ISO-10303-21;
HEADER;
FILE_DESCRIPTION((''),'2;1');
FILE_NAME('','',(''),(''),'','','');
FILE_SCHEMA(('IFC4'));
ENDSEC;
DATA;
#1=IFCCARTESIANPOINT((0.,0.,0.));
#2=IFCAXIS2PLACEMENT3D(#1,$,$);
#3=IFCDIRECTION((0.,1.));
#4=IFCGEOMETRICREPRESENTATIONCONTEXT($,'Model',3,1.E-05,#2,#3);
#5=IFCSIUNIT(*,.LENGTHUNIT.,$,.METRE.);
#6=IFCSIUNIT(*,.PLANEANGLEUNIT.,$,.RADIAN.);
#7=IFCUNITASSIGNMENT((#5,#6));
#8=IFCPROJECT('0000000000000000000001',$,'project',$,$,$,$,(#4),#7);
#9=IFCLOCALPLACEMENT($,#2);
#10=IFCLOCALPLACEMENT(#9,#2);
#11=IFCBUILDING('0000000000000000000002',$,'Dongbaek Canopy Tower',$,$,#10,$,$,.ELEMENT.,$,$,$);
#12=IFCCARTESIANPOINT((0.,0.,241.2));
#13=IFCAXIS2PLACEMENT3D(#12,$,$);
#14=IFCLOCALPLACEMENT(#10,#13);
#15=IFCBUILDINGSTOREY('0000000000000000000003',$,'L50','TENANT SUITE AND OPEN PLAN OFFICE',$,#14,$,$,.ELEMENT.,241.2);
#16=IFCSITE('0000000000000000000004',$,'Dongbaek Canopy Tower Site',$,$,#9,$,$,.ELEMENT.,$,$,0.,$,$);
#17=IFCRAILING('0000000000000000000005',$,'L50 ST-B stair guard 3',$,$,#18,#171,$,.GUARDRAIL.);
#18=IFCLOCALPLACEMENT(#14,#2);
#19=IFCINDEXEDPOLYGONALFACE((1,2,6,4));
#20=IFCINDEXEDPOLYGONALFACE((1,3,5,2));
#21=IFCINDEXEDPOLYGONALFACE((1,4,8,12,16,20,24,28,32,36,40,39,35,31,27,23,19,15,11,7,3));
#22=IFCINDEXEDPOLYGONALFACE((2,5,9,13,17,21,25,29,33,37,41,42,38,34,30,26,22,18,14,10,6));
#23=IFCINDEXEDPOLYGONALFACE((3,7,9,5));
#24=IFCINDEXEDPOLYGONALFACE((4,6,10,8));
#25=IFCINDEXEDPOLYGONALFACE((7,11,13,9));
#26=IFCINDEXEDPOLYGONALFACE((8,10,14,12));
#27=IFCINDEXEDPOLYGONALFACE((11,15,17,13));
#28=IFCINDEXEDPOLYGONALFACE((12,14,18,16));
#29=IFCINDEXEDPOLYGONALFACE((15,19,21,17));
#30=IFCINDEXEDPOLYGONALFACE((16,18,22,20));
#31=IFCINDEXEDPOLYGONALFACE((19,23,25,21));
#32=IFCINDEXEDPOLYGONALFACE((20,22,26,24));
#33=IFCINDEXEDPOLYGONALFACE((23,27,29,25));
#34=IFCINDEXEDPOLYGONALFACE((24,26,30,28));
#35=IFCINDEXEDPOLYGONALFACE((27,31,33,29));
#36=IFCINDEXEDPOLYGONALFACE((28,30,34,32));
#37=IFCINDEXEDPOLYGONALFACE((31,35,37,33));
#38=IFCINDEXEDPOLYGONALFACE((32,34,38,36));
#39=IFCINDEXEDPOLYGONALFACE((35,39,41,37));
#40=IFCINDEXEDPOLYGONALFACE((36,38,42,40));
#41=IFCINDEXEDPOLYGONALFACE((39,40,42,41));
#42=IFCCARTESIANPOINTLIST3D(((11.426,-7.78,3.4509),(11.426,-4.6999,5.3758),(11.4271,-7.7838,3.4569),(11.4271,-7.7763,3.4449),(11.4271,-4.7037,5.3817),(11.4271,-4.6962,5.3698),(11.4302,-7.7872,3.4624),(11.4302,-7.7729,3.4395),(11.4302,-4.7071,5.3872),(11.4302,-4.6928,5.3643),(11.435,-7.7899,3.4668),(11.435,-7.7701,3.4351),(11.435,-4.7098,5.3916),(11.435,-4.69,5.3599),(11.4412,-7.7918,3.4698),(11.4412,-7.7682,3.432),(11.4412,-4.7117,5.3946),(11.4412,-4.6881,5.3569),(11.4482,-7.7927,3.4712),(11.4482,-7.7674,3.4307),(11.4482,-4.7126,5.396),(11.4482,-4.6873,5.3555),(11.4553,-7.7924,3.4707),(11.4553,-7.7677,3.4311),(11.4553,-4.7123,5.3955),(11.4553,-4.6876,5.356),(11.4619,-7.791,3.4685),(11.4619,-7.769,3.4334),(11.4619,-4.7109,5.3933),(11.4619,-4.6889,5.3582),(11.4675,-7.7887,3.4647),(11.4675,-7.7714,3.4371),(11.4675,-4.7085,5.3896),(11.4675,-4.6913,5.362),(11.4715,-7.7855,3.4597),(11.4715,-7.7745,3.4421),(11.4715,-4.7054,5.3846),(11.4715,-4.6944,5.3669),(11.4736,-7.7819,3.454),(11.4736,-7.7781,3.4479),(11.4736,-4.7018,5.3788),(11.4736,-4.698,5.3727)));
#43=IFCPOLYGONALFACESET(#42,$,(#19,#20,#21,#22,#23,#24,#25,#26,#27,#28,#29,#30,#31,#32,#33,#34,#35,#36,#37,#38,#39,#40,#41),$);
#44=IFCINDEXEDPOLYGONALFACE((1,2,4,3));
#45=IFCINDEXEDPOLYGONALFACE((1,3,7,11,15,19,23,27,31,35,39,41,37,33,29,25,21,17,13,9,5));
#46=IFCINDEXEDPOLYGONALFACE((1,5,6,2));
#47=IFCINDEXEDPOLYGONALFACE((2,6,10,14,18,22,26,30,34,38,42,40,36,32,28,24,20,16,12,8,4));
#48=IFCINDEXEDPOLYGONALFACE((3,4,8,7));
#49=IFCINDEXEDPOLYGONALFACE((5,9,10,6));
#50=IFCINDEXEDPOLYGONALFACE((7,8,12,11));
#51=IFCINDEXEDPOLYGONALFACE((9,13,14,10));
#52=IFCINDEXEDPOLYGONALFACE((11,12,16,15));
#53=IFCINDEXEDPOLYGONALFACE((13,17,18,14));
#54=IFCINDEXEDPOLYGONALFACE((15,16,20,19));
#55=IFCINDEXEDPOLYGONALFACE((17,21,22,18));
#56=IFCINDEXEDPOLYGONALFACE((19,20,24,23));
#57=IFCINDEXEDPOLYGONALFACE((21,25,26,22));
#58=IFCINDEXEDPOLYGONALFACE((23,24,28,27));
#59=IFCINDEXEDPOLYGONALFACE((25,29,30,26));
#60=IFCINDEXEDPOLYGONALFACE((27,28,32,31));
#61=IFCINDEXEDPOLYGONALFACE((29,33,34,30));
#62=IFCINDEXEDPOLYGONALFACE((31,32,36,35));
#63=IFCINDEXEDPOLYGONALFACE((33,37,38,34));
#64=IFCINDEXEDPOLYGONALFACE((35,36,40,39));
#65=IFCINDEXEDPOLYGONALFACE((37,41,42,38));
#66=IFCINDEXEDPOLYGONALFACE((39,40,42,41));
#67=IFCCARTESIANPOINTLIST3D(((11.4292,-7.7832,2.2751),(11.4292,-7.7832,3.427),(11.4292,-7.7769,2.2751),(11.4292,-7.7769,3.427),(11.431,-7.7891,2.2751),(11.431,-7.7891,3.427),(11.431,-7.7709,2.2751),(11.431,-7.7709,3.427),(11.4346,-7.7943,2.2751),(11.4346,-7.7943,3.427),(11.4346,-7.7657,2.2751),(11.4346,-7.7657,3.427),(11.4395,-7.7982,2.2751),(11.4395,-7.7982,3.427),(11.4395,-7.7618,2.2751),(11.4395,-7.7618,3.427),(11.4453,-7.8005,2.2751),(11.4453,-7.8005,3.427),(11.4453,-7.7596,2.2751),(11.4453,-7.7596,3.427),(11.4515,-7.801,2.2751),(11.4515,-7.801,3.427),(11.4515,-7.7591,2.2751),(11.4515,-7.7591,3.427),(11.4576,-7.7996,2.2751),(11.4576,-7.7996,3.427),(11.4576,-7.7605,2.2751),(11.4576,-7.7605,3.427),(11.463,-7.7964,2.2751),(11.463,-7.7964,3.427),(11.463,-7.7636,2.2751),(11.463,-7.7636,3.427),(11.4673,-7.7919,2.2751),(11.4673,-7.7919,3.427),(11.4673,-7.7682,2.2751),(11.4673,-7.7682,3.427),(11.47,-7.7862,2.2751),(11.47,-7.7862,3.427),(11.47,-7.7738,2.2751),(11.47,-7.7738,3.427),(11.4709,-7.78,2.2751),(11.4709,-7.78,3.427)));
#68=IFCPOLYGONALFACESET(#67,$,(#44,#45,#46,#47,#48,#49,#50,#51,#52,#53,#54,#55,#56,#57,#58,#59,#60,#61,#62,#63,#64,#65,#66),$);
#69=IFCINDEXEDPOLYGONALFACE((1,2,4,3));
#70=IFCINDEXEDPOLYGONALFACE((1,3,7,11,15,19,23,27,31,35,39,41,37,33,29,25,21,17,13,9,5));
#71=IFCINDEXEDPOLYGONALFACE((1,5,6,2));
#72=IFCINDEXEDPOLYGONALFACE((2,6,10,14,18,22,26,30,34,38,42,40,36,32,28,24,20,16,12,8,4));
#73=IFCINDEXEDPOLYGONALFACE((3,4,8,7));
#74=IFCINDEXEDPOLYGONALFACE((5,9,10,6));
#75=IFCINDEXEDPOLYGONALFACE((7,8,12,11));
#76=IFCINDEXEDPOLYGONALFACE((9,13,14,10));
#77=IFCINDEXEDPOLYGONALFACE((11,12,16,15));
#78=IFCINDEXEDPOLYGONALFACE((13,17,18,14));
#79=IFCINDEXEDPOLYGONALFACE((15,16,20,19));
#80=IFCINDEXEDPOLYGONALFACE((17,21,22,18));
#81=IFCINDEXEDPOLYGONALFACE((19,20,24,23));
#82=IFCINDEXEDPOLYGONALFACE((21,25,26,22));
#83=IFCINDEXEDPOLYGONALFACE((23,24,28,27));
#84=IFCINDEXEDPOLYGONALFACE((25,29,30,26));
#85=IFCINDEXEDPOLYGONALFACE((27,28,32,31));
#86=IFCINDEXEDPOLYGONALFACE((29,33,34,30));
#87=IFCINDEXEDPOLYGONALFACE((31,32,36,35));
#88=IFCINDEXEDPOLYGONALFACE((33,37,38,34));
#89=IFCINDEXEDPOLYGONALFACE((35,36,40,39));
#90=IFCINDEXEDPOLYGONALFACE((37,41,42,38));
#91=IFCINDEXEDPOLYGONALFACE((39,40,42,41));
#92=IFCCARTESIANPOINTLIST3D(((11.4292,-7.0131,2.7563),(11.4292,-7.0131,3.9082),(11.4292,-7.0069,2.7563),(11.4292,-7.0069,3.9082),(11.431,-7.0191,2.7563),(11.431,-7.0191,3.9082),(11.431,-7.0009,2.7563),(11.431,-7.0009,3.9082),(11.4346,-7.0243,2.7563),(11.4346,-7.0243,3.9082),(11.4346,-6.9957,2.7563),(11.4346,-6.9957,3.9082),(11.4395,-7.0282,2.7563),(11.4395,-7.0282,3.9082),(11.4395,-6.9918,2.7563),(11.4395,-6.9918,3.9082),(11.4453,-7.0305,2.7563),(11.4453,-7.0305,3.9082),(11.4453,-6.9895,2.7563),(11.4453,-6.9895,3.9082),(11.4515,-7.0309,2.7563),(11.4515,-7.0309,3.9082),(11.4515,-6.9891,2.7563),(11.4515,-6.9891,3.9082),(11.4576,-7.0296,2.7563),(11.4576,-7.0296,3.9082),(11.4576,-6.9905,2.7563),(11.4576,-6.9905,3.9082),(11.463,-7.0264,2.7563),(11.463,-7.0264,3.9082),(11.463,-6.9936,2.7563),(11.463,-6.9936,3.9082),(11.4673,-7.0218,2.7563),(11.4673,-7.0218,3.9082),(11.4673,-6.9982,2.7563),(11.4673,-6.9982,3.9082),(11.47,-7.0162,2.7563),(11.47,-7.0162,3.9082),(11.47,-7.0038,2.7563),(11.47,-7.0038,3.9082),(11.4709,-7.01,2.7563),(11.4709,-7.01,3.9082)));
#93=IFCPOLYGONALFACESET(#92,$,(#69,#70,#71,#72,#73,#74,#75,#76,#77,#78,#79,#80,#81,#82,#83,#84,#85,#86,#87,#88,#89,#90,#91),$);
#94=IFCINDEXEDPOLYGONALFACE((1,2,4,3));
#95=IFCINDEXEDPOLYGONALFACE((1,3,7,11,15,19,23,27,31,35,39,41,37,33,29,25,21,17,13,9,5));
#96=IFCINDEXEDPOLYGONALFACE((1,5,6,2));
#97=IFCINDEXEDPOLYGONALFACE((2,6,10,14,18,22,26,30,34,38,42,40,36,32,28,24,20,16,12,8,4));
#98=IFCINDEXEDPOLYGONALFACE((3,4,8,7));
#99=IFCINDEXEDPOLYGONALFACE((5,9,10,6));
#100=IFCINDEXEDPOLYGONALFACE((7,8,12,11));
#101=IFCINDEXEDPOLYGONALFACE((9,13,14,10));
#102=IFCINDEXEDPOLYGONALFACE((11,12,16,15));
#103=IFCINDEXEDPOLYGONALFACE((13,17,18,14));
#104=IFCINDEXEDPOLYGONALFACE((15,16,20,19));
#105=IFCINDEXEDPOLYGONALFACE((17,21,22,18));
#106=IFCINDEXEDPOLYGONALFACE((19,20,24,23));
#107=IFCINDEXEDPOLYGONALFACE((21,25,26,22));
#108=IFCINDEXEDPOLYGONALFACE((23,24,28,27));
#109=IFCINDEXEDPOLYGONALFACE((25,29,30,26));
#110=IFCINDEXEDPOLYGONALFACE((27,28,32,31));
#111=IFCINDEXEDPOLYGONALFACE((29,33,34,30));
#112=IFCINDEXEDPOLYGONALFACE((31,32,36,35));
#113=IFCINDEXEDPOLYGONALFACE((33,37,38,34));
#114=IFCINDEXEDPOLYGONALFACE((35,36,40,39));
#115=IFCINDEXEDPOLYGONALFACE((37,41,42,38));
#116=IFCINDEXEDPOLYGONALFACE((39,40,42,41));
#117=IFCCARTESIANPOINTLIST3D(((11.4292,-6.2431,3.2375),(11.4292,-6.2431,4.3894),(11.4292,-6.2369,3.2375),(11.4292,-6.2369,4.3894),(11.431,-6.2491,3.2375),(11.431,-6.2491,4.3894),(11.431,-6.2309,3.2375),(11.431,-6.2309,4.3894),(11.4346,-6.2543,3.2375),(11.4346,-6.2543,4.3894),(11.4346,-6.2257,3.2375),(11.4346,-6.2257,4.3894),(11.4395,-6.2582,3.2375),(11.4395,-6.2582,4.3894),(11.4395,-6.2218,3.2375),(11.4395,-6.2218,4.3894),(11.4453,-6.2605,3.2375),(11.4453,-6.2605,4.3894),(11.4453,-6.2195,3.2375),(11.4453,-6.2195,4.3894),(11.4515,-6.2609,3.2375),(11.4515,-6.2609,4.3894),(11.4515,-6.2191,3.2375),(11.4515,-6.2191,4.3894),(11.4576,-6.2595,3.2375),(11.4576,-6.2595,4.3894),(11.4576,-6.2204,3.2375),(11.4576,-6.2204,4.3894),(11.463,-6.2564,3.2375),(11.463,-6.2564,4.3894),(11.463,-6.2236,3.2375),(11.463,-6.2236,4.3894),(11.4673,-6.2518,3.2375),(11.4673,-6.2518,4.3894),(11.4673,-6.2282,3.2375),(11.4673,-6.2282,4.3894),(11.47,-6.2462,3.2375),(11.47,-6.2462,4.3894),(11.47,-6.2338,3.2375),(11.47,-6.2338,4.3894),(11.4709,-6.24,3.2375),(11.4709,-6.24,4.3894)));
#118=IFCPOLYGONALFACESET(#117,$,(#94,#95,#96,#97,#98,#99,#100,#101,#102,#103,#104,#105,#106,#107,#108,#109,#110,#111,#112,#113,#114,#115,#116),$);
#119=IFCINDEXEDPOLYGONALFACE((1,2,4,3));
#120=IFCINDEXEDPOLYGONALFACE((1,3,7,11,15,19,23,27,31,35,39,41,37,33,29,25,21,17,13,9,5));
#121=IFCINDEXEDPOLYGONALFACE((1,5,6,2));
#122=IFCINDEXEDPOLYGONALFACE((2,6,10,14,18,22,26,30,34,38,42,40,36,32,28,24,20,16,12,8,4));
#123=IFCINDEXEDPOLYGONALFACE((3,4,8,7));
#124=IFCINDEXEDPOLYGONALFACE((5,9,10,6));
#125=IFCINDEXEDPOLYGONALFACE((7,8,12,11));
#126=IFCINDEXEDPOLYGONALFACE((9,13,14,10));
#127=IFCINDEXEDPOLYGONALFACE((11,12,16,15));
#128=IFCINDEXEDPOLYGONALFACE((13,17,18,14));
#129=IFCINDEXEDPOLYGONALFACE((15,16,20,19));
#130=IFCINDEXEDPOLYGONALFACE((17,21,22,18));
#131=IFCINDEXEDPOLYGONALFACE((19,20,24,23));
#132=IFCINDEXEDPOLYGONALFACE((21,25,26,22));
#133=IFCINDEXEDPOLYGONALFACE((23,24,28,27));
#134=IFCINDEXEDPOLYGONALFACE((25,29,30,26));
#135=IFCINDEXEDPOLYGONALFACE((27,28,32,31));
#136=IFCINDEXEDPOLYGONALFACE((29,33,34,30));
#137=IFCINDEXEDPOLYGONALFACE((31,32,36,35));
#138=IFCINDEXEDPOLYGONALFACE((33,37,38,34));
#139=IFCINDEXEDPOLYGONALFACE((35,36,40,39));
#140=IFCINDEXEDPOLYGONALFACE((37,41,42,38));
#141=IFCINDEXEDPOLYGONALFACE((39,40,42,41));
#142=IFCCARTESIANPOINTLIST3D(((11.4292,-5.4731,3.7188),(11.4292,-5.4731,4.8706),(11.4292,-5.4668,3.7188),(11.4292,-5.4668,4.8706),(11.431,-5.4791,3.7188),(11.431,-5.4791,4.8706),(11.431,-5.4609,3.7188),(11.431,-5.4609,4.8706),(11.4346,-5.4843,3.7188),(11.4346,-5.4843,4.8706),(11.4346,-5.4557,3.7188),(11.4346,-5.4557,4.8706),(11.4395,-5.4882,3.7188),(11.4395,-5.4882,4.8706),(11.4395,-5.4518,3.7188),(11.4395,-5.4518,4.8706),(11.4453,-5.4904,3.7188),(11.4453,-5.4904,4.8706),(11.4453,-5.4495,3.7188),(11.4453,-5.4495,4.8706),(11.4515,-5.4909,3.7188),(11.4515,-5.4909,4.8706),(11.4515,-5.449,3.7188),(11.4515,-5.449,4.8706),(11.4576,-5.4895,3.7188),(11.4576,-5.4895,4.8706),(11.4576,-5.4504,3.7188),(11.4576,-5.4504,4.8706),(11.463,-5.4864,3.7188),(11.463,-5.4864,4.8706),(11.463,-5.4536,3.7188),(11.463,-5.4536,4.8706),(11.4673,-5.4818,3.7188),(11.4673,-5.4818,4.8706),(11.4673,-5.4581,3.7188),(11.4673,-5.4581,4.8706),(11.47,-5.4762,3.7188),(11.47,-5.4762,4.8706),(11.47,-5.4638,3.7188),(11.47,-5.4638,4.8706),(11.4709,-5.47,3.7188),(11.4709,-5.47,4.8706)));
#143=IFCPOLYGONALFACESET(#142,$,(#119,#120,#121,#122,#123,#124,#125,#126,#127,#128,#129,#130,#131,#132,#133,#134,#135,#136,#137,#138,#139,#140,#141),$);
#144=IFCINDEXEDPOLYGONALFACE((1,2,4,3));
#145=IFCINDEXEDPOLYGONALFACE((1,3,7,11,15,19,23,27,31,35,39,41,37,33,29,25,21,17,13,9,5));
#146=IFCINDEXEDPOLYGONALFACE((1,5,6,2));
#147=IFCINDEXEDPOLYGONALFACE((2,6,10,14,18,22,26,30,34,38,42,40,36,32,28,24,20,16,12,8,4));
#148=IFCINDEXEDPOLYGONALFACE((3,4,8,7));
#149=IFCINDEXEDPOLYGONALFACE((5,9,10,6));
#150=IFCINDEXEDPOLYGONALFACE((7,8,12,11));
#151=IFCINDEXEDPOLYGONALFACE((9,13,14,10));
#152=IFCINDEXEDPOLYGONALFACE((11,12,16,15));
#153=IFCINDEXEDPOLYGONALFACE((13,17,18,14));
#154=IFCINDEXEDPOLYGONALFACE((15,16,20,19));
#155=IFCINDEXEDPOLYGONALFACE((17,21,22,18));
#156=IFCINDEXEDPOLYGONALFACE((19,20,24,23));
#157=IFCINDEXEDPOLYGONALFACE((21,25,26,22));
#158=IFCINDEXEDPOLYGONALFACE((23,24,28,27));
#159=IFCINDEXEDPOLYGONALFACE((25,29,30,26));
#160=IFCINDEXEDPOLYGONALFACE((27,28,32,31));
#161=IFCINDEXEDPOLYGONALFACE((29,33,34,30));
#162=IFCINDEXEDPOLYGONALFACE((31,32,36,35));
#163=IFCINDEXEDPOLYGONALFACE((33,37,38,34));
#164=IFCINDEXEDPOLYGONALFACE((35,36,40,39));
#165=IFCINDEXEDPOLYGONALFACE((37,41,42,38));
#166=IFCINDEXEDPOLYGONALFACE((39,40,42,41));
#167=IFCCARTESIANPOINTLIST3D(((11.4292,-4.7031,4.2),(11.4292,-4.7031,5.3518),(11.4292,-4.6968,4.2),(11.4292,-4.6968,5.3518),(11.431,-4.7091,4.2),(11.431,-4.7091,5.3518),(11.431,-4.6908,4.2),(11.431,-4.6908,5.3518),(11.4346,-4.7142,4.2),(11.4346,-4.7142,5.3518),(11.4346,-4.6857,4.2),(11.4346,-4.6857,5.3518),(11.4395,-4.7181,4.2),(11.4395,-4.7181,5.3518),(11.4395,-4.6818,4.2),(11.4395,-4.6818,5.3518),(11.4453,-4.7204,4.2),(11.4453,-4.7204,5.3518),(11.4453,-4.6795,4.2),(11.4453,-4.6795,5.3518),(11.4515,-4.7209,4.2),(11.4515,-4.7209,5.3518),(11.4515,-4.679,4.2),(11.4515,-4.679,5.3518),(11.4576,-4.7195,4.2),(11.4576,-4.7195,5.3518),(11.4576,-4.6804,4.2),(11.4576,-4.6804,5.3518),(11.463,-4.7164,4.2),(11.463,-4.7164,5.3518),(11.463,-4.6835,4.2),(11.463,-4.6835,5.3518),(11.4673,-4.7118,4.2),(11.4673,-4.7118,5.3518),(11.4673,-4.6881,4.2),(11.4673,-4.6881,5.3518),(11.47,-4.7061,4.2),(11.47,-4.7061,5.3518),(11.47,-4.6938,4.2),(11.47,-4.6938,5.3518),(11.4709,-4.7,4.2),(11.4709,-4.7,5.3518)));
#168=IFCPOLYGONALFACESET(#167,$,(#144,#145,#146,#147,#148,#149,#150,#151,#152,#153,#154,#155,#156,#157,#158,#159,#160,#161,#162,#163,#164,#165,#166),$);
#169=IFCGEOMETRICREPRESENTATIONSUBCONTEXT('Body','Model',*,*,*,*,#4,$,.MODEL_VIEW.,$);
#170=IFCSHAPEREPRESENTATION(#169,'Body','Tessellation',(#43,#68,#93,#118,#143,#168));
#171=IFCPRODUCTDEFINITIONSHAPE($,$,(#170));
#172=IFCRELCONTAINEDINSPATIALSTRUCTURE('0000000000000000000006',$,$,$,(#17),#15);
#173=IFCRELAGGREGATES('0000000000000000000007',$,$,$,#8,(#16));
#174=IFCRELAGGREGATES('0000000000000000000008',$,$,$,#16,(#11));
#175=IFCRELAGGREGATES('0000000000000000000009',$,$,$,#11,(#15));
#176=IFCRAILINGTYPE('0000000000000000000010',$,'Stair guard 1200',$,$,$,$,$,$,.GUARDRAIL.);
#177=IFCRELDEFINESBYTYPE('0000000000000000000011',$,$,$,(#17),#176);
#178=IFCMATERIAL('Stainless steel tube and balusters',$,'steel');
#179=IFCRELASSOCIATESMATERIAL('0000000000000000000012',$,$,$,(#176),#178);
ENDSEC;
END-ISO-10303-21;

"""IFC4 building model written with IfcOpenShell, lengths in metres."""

from ifc_helpers import new_model, si_unit, direction, frame, origin, origin_2d, place, context, subcontext, project, spatial, circle, extrude, material, type_object, element, save


model = new_model("IFC4")

# Units and contexts
model_context = context("Model", 3, precision=1e-05, world=origin(), true_north=direction((0.0, 1.0)))
body_context = subcontext(model_context, "Body", "Model", "MODEL_VIEW")
ifc_project = project(units=[si_unit("LENGTHUNIT", "METRE"), si_unit("PLANEANGLEUNIT", "RADIAN")], contexts=[model_context])

# Site, building, storey
site_placement = place(None, origin())
site = spatial("IfcSite", under=ifc_project, at=site_placement, Name="Dongbaek Canopy Tower Site", CompositionType="ELEMENT", RefElevation=0.0)
building_placement = place(site_placement, origin())
building = spatial("IfcBuilding", under=site, at=building_placement, Name="Dongbaek Canopy Tower", CompositionType="ELEMENT")
storey_placement = place(building_placement, frame((0.0, 0.0, 241.2)))
storey = spatial("IfcBuildingStorey", under=building, at=storey_placement, Name="L50", Description="TENANT SUITE AND OPEN PLAN OFFICE", CompositionType="ELEMENT", Elevation=241.2)

# Railing
ifc_material_1 = material(Name="Stainless steel tube and balusters", Category="steel")
railing_type_1 = type_object("IfcRailingType", Name="Stair guard 1200", PredefinedType="GUARDRAIL", material=ifc_material_1)
railing_1_placement = place(storey_placement, frame((11.45, -7.78, 2.2751)))
element("IfcRailing", 1, at=railing_1_placement, inside=storey, type_object=railing_type_1, Name="L50 ST-B stair guard 3", PredefinedType="GUARDRAIL", context=body_context, shape_type="SweptSolid", body=[
    extrude(circle(Radius=0.0239, at=origin_2d()), frame((0.0, 0.0, 1.1758), z_axis=(0.0, 0.848029, 0.529951), x_axis=(-1.0, 0.0, 0.0)), (0.0, 0.0, 1.0), 3.6321),
    extrude(circle(Radius=0.021, at=origin_2d()), origin(), (0.0, 0.0, 1.0), 1.1519),
    extrude(circle(Radius=0.021, at=origin_2d()), frame((0.0, 0.77, 0.4812)), (0.0, 0.0, 1.0), 1.1519),
    extrude(circle(Radius=0.021, at=origin_2d()), frame((0.0, 1.54, 0.9624)), (0.0, 0.0, 1.0), 1.1519),
    extrude(circle(Radius=0.021, at=origin_2d()), frame((0.0, 2.3101, 1.4436)), (0.0, 0.0, 1.0), 1.1519),
    extrude(circle(Radius=0.021, at=origin_2d()), frame((0.0, 3.0801, 1.9248)), (0.0, 0.0, 1.0), 1.1519),
])

save(model, "model.ifc")
